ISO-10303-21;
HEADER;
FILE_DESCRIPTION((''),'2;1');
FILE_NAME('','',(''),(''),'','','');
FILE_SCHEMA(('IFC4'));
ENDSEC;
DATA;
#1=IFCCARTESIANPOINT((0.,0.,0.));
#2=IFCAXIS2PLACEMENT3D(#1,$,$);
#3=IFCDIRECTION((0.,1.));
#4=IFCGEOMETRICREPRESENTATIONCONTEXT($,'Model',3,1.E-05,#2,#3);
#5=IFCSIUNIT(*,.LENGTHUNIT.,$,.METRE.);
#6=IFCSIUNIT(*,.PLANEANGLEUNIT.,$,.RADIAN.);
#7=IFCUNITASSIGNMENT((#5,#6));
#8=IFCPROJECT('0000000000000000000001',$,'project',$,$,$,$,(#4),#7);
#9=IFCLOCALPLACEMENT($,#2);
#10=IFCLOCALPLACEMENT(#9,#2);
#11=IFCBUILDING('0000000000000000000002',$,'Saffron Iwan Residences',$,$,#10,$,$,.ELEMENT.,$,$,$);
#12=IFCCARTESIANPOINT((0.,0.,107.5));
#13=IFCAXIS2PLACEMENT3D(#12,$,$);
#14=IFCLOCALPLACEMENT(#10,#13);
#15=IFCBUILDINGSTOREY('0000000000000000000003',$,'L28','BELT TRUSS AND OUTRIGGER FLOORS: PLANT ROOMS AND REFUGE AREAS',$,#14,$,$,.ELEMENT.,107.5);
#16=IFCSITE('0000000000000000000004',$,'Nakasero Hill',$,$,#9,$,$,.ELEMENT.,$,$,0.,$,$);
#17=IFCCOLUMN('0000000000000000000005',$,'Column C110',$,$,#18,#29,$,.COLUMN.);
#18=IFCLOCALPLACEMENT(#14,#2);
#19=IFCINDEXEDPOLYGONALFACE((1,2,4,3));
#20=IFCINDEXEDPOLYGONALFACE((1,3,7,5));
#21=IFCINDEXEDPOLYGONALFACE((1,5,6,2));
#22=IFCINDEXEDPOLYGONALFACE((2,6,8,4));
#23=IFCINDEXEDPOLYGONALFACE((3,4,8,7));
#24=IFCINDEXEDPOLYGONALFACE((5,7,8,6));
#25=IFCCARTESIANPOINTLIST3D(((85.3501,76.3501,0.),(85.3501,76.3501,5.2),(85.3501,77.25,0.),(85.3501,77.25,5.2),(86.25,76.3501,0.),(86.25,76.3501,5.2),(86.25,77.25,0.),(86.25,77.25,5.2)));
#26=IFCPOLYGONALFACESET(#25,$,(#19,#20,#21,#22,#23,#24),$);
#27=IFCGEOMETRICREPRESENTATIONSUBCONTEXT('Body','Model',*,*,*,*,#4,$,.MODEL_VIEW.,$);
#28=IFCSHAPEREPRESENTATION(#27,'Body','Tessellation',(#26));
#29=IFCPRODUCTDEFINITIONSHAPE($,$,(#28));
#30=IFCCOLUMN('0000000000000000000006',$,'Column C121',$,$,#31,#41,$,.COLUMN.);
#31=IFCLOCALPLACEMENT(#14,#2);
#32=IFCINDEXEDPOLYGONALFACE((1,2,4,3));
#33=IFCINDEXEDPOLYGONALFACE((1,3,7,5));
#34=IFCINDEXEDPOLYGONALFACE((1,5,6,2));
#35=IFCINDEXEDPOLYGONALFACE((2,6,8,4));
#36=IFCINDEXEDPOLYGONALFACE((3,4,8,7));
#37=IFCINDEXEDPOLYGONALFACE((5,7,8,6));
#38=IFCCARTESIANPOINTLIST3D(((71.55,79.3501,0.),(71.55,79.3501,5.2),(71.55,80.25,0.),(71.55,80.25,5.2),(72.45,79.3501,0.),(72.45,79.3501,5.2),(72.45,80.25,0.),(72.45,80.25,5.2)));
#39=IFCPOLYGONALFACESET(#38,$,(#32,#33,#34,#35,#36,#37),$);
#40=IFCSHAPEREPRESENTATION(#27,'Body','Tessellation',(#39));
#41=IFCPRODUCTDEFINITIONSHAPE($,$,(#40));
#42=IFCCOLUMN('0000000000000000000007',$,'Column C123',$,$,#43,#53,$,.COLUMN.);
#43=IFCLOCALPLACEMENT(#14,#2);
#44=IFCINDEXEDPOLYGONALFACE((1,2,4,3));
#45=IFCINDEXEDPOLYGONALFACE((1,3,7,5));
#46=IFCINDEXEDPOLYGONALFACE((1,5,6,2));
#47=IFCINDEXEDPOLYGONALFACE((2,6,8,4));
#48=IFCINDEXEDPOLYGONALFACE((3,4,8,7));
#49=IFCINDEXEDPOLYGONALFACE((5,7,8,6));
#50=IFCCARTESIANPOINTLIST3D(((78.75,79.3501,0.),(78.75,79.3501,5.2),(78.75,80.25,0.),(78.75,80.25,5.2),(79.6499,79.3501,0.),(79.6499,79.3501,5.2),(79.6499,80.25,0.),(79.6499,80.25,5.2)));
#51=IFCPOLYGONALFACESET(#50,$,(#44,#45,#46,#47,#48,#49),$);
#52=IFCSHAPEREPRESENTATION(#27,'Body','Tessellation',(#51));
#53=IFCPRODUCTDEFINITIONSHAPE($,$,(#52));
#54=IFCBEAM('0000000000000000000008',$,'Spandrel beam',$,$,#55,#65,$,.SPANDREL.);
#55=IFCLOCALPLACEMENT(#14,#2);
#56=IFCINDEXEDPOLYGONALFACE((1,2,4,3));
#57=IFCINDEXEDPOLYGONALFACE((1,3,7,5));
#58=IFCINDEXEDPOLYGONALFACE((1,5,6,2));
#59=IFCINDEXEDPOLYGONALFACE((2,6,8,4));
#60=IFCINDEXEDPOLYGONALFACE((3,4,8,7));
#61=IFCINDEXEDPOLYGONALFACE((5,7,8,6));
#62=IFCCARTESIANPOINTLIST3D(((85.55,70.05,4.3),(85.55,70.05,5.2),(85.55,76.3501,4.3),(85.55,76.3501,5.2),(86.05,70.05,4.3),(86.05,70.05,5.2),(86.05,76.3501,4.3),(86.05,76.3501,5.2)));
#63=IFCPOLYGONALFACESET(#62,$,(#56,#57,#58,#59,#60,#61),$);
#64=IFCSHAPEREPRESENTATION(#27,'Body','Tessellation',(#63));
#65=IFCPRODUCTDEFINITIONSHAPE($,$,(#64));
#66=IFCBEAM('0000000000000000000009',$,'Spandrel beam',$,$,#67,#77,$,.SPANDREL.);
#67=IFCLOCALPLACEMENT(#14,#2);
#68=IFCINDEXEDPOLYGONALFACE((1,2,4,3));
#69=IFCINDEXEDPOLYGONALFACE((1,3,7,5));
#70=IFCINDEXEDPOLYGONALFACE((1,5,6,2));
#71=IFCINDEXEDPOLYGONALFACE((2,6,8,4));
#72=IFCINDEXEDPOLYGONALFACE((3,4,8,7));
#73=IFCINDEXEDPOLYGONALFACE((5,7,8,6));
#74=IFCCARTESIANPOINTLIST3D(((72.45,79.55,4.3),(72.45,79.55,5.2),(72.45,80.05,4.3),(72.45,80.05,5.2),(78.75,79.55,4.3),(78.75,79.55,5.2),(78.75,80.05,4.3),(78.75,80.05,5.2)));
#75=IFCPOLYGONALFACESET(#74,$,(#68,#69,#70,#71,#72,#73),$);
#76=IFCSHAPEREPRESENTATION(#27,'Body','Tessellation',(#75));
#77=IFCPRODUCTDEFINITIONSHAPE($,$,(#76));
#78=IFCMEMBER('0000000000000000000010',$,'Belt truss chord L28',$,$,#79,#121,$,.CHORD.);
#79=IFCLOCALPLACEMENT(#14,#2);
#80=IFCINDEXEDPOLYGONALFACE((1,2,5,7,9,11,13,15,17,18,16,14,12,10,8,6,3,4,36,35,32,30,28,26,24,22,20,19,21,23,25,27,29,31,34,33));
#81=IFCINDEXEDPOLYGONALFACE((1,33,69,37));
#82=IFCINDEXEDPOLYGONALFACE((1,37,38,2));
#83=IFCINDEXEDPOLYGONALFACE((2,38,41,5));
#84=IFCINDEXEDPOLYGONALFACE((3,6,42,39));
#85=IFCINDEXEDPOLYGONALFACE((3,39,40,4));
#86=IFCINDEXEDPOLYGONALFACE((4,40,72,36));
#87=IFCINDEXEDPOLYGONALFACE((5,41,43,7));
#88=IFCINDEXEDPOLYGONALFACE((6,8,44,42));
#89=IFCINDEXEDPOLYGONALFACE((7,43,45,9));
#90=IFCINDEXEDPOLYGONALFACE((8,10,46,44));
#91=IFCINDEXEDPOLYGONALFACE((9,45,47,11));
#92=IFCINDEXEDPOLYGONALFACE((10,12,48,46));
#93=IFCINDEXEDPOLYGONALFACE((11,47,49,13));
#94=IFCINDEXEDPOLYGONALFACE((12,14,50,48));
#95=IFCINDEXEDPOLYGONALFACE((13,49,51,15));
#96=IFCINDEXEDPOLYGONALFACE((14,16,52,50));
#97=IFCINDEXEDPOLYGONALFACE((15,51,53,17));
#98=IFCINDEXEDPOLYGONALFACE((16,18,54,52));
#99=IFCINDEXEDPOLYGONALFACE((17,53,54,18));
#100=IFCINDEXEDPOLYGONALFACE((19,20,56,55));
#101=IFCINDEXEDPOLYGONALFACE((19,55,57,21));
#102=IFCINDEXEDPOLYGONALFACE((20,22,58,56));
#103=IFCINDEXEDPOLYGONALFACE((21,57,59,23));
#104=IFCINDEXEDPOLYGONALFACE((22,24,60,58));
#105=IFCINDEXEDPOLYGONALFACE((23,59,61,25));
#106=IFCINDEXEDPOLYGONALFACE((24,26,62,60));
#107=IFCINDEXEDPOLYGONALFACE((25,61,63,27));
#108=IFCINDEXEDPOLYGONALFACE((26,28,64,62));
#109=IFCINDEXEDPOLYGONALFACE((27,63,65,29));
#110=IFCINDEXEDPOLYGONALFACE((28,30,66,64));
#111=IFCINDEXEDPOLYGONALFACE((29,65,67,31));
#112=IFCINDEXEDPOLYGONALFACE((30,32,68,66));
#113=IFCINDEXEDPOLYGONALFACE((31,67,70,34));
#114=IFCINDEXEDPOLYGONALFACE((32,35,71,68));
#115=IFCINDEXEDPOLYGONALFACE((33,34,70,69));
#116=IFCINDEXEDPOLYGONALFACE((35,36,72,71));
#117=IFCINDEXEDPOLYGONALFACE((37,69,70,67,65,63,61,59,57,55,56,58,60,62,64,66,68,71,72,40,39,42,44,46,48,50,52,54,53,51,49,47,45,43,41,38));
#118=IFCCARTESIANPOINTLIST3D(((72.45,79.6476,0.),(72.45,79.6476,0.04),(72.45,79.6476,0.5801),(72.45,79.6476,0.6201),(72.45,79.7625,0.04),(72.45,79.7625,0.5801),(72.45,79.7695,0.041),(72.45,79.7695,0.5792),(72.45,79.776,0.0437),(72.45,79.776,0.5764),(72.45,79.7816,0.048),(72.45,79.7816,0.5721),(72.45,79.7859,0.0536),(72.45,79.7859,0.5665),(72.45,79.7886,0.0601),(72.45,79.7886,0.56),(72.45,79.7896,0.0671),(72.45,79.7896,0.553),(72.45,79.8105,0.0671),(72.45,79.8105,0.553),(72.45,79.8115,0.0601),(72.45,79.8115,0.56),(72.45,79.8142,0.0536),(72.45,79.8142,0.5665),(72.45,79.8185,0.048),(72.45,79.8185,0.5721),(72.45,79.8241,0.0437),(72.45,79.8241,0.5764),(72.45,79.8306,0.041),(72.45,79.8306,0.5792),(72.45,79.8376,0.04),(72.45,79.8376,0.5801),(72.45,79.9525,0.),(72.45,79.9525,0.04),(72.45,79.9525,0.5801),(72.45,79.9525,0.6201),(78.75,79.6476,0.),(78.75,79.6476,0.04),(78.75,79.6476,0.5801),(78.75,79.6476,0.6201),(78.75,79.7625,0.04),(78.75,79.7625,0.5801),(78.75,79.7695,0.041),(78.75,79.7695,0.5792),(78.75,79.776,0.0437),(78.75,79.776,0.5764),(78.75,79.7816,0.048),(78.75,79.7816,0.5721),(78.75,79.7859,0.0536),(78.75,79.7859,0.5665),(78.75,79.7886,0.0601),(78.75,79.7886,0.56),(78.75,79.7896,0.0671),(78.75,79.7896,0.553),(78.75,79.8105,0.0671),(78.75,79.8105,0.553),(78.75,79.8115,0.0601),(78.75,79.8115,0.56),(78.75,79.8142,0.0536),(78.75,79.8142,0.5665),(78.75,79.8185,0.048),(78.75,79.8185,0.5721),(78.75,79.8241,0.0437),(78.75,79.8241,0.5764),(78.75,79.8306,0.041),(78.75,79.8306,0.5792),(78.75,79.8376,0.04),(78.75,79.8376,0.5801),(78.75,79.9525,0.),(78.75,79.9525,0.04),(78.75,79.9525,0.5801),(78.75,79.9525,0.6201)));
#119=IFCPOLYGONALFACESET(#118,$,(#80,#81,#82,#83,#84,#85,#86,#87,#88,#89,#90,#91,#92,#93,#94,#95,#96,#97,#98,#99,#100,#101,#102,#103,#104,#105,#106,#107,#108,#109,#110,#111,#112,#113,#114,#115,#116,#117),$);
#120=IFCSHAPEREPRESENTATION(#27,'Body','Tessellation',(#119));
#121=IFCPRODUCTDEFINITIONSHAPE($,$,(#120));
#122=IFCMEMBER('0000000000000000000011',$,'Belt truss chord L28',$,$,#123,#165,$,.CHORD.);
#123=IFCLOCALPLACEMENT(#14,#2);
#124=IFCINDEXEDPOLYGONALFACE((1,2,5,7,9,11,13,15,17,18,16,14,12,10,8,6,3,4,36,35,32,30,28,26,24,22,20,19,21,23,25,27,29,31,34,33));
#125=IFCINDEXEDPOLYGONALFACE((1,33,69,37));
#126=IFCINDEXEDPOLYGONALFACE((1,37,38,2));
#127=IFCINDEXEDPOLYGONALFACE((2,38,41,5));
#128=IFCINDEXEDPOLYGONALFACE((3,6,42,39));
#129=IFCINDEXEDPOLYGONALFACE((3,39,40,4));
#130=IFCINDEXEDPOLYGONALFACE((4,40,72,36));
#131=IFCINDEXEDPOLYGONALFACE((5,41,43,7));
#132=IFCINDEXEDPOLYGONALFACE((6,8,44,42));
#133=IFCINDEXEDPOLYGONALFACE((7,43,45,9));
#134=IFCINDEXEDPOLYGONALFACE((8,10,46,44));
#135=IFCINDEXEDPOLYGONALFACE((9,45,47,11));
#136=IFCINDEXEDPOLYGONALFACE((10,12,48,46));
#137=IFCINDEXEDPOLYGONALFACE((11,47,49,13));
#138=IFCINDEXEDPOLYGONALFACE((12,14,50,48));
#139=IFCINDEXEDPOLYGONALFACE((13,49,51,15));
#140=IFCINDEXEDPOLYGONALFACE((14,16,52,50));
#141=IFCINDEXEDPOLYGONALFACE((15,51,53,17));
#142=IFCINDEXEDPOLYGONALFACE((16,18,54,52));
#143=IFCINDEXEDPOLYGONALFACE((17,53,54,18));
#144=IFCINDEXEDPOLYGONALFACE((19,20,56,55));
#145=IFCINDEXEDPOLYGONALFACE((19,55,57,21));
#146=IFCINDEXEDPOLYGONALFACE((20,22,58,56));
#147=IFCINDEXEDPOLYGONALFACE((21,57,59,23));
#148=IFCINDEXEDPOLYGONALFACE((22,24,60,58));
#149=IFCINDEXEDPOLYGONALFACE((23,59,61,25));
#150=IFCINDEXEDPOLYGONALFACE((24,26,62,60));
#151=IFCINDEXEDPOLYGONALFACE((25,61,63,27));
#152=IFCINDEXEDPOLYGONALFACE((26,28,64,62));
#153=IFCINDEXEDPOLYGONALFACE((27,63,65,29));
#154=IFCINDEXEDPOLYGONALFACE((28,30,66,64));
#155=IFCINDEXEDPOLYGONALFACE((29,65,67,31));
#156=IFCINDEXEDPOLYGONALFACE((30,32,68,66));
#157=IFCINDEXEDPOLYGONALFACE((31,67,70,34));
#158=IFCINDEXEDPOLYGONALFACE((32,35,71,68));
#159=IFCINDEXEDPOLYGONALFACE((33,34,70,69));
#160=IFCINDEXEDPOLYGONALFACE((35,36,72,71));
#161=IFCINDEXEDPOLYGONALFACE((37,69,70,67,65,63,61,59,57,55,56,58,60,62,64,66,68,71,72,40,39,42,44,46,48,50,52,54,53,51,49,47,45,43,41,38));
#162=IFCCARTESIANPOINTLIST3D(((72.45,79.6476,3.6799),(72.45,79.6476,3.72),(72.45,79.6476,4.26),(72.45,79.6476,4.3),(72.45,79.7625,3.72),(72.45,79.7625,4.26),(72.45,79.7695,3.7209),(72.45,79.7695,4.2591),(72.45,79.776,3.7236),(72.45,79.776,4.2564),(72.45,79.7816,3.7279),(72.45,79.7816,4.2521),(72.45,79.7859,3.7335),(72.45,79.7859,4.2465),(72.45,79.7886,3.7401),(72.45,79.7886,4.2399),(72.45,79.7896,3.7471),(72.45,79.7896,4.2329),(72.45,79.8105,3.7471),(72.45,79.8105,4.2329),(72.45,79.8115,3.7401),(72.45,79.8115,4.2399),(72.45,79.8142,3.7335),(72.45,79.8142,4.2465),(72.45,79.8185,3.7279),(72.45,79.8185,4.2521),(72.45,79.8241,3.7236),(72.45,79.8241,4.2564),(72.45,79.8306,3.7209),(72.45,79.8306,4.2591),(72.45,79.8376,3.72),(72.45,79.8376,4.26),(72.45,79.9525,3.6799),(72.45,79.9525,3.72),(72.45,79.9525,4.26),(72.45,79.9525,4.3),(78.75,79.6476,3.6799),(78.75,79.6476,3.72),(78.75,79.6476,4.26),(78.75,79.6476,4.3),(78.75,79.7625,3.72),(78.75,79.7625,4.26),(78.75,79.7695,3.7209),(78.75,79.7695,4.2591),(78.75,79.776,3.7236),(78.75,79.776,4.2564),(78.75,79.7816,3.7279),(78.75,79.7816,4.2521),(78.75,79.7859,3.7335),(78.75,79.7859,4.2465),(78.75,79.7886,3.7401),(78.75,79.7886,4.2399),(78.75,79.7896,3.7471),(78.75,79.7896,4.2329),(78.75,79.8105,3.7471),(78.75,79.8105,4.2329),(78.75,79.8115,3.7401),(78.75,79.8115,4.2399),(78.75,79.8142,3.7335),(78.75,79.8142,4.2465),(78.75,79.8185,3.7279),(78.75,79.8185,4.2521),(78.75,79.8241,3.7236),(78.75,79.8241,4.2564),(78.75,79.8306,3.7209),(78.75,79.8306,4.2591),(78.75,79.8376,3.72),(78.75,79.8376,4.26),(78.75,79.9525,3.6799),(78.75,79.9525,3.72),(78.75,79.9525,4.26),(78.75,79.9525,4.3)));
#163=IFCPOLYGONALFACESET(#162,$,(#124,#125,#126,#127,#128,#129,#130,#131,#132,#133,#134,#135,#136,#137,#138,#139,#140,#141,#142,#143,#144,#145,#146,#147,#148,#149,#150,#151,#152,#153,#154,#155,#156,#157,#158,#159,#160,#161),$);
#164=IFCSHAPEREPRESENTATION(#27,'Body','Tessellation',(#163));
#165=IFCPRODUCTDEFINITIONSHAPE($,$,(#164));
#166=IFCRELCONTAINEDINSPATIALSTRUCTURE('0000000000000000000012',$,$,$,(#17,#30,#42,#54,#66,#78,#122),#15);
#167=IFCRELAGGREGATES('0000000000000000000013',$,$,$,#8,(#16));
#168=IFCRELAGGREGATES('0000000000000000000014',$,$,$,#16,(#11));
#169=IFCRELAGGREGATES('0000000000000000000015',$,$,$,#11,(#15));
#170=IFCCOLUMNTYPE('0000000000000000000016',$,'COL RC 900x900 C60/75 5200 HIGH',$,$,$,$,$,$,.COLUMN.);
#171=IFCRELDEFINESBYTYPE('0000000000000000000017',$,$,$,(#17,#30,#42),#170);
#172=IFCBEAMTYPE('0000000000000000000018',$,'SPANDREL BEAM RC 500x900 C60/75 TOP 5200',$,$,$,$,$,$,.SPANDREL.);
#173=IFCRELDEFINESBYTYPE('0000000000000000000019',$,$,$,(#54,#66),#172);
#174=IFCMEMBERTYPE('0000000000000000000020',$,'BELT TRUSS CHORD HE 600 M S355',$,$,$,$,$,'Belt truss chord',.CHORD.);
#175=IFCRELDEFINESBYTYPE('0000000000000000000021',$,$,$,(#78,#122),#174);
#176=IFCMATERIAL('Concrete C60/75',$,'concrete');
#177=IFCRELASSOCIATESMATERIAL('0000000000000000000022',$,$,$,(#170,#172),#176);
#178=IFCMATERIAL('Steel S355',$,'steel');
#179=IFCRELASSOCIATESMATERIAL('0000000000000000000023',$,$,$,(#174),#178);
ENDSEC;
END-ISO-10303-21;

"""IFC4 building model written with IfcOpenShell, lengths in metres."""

from ifc_helpers import new_model, si_unit, direction, frame, origin, origin_2d, place, context, subcontext, project, spatial, rectangle, i_section, extrude, source, transform, mapped, material, material_profile, profile_set, type_object, element, save


model = new_model("IFC4")

# Units and contexts
model_context = context("Model", 3, precision=1e-05, world=origin(), true_north=direction((0.0, 1.0)))
body_context = subcontext(model_context, "Body", "Model", "MODEL_VIEW")
ifc_project = project(units=[si_unit("LENGTHUNIT", "METRE"), si_unit("PLANEANGLEUNIT", "RADIAN")], contexts=[model_context])

# Site, building, storey
site_placement = place(None, origin())
site = spatial("IfcSite", under=ifc_project, at=site_placement, Name="Nakasero Hill", CompositionType="ELEMENT", RefElevation=0.0)
building_placement = place(site_placement, origin())
building = spatial("IfcBuilding", under=site, at=building_placement, Name="Saffron Iwan Residences", CompositionType="ELEMENT")
storey_placement = place(building_placement, frame((0.0, 0.0, 107.5)))
storey = spatial("IfcBuildingStorey", under=building, at=storey_placement, Name="L28", Description="BELT TRUSS AND OUTRIGGER FLOORS: PLANT ROOMS AND REFUGE AREAS", CompositionType="ELEMENT", Elevation=107.5)

# Columns
ifc_material_1 = material(Name="Concrete C60/75", Category="concrete")
ifc_material_profile_1 = material_profile(ifc_material_1, rectangle(XDim=0.8999, YDim=0.8999, at=origin_2d()), Name="RC 900x900")
ifc_profile_set_1 = profile_set([ifc_material_profile_1], Name="Concrete C60/75")
column_type = type_object("IfcColumnType", Name="COL RC 900x900 C60/75 5200 HIGH", PredefinedType="COLUMN", material=ifc_profile_set_1)
shared_shape_1 = source(origin(), body_context, "Body", "SweptSolid", [
    extrude(rectangle(XDim=0.8999, YDim=0.8999, at=origin_2d()), origin(), (0.0, 0.0, 1.0), 5.2),
])
for number, where, z_axis, x_axis, name in (
    (1, (85.8, 76.8, 0.0), (0.0, 0.0, 1.0), (1.0, 0.0, 0.0), "Column C110"),
    (2, (72.0, 79.8, 0.0), (0.0, 0.0, 1.0), (1.0, 0.0, 0.0), "Column C121"),
    (3, (79.2, 79.8, 0.0), (0.0, 0.0, 1.0), (1.0, 0.0, 0.0), "Column C123"),
):
    element("IfcColumn", number, at=place(storey_placement, frame(where, z_axis=z_axis, x_axis=x_axis)), inside=storey, type_object=column_type, Name=name, PredefinedType="COLUMN", context=body_context, shape_type="MappedRepresentation", body=[
        mapped(shared_shape_1, transform((0.0, 0.0, 0.0))),
    ])

# Beams
ifc_material_profile_2 = material_profile(ifc_material_1, rectangle(XDim=0.5, YDim=0.8999, at=origin_2d()), Name="RC 500x900")
ifc_profile_set_2 = profile_set([ifc_material_profile_2], Name="Concrete C60/75")
beam_type = type_object("IfcBeamType", Name="SPANDREL BEAM RC 500x900 C60/75 TOP 5200", PredefinedType="SPANDREL", material=ifc_profile_set_2)
shared_shape_2 = source(origin(), body_context, "Body", "SweptSolid", [
    extrude(rectangle(XDim=0.5, YDim=0.8999, at=origin_2d()), origin(), (0.0, 0.0, 1.0), 6.3),
])
for number, where, z_axis, x_axis, name in (
    (4, (85.8, 76.3501, 4.75), (0.0, -1.0, 0.0), (1.0, 0.0, 0.0), "Spandrel beam"),
    (5, (72.45, 79.8, 4.75), (1.0, 0.0, 0.0), (0.0, 1.0, 0.0), "Spandrel beam"),
):
    element("IfcBeam", number, at=place(storey_placement, frame(where, z_axis=z_axis, x_axis=x_axis)), inside=storey, type_object=beam_type, Name=name, PredefinedType="SPANDREL", context=body_context, shape_type="MappedRepresentation", body=[
        mapped(shared_shape_2, transform((0.0, 0.0, 0.0))),
    ])

# Members
ifc_material_2 = material(Name="Steel S355", Category="steel")
ifc_material_profile_3 = material_profile(ifc_material_2, i_section(OverallWidth=0.3049, OverallDepth=0.6201, WebThickness=0.021, FlangeThickness=0.04, FilletRadius=0.0271, at=origin_2d()), Name="HE 600 M")
ifc_profile_set_3 = profile_set([ifc_material_profile_3], Name="Steel S355")
member_type_1 = type_object("IfcMemberType", Name="BELT TRUSS CHORD HE 600 M S355", ElementType="Belt truss chord", PredefinedType="CHORD", material=ifc_profile_set_3)
shared_shape_3 = source(origin(), body_context, "Body", "SweptSolid", [
    extrude(i_section(OverallWidth=0.3049, OverallDepth=0.6201, WebThickness=0.021, FlangeThickness=0.04, FilletRadius=0.0271, at=origin_2d()), origin(), (0.0, 0.0, 1.0), 6.3),
])
for number, where, z_axis, x_axis, name in (
    (6, (72.45, 79.8, 0.3101), (1.0, 0.0, 0.0), (0.0, 1.0, 0.0), "Belt truss chord L28"),
    (7, (72.45, 79.8, 3.99), (1.0, 0.0, 0.0), (0.0, 1.0, 0.0), "Belt truss chord L28"),
):
    element("IfcMember", number, at=place(storey_placement, frame(where, z_axis=z_axis, x_axis=x_axis)), inside=storey, type_object=member_type_1, Name=name, PredefinedType="CHORD", context=body_context, shape_type="MappedRepresentation", body=[
        mapped(shared_shape_3, transform((0.0, 0.0, 0.0))),
    ])

save(model, "model.ifc")
